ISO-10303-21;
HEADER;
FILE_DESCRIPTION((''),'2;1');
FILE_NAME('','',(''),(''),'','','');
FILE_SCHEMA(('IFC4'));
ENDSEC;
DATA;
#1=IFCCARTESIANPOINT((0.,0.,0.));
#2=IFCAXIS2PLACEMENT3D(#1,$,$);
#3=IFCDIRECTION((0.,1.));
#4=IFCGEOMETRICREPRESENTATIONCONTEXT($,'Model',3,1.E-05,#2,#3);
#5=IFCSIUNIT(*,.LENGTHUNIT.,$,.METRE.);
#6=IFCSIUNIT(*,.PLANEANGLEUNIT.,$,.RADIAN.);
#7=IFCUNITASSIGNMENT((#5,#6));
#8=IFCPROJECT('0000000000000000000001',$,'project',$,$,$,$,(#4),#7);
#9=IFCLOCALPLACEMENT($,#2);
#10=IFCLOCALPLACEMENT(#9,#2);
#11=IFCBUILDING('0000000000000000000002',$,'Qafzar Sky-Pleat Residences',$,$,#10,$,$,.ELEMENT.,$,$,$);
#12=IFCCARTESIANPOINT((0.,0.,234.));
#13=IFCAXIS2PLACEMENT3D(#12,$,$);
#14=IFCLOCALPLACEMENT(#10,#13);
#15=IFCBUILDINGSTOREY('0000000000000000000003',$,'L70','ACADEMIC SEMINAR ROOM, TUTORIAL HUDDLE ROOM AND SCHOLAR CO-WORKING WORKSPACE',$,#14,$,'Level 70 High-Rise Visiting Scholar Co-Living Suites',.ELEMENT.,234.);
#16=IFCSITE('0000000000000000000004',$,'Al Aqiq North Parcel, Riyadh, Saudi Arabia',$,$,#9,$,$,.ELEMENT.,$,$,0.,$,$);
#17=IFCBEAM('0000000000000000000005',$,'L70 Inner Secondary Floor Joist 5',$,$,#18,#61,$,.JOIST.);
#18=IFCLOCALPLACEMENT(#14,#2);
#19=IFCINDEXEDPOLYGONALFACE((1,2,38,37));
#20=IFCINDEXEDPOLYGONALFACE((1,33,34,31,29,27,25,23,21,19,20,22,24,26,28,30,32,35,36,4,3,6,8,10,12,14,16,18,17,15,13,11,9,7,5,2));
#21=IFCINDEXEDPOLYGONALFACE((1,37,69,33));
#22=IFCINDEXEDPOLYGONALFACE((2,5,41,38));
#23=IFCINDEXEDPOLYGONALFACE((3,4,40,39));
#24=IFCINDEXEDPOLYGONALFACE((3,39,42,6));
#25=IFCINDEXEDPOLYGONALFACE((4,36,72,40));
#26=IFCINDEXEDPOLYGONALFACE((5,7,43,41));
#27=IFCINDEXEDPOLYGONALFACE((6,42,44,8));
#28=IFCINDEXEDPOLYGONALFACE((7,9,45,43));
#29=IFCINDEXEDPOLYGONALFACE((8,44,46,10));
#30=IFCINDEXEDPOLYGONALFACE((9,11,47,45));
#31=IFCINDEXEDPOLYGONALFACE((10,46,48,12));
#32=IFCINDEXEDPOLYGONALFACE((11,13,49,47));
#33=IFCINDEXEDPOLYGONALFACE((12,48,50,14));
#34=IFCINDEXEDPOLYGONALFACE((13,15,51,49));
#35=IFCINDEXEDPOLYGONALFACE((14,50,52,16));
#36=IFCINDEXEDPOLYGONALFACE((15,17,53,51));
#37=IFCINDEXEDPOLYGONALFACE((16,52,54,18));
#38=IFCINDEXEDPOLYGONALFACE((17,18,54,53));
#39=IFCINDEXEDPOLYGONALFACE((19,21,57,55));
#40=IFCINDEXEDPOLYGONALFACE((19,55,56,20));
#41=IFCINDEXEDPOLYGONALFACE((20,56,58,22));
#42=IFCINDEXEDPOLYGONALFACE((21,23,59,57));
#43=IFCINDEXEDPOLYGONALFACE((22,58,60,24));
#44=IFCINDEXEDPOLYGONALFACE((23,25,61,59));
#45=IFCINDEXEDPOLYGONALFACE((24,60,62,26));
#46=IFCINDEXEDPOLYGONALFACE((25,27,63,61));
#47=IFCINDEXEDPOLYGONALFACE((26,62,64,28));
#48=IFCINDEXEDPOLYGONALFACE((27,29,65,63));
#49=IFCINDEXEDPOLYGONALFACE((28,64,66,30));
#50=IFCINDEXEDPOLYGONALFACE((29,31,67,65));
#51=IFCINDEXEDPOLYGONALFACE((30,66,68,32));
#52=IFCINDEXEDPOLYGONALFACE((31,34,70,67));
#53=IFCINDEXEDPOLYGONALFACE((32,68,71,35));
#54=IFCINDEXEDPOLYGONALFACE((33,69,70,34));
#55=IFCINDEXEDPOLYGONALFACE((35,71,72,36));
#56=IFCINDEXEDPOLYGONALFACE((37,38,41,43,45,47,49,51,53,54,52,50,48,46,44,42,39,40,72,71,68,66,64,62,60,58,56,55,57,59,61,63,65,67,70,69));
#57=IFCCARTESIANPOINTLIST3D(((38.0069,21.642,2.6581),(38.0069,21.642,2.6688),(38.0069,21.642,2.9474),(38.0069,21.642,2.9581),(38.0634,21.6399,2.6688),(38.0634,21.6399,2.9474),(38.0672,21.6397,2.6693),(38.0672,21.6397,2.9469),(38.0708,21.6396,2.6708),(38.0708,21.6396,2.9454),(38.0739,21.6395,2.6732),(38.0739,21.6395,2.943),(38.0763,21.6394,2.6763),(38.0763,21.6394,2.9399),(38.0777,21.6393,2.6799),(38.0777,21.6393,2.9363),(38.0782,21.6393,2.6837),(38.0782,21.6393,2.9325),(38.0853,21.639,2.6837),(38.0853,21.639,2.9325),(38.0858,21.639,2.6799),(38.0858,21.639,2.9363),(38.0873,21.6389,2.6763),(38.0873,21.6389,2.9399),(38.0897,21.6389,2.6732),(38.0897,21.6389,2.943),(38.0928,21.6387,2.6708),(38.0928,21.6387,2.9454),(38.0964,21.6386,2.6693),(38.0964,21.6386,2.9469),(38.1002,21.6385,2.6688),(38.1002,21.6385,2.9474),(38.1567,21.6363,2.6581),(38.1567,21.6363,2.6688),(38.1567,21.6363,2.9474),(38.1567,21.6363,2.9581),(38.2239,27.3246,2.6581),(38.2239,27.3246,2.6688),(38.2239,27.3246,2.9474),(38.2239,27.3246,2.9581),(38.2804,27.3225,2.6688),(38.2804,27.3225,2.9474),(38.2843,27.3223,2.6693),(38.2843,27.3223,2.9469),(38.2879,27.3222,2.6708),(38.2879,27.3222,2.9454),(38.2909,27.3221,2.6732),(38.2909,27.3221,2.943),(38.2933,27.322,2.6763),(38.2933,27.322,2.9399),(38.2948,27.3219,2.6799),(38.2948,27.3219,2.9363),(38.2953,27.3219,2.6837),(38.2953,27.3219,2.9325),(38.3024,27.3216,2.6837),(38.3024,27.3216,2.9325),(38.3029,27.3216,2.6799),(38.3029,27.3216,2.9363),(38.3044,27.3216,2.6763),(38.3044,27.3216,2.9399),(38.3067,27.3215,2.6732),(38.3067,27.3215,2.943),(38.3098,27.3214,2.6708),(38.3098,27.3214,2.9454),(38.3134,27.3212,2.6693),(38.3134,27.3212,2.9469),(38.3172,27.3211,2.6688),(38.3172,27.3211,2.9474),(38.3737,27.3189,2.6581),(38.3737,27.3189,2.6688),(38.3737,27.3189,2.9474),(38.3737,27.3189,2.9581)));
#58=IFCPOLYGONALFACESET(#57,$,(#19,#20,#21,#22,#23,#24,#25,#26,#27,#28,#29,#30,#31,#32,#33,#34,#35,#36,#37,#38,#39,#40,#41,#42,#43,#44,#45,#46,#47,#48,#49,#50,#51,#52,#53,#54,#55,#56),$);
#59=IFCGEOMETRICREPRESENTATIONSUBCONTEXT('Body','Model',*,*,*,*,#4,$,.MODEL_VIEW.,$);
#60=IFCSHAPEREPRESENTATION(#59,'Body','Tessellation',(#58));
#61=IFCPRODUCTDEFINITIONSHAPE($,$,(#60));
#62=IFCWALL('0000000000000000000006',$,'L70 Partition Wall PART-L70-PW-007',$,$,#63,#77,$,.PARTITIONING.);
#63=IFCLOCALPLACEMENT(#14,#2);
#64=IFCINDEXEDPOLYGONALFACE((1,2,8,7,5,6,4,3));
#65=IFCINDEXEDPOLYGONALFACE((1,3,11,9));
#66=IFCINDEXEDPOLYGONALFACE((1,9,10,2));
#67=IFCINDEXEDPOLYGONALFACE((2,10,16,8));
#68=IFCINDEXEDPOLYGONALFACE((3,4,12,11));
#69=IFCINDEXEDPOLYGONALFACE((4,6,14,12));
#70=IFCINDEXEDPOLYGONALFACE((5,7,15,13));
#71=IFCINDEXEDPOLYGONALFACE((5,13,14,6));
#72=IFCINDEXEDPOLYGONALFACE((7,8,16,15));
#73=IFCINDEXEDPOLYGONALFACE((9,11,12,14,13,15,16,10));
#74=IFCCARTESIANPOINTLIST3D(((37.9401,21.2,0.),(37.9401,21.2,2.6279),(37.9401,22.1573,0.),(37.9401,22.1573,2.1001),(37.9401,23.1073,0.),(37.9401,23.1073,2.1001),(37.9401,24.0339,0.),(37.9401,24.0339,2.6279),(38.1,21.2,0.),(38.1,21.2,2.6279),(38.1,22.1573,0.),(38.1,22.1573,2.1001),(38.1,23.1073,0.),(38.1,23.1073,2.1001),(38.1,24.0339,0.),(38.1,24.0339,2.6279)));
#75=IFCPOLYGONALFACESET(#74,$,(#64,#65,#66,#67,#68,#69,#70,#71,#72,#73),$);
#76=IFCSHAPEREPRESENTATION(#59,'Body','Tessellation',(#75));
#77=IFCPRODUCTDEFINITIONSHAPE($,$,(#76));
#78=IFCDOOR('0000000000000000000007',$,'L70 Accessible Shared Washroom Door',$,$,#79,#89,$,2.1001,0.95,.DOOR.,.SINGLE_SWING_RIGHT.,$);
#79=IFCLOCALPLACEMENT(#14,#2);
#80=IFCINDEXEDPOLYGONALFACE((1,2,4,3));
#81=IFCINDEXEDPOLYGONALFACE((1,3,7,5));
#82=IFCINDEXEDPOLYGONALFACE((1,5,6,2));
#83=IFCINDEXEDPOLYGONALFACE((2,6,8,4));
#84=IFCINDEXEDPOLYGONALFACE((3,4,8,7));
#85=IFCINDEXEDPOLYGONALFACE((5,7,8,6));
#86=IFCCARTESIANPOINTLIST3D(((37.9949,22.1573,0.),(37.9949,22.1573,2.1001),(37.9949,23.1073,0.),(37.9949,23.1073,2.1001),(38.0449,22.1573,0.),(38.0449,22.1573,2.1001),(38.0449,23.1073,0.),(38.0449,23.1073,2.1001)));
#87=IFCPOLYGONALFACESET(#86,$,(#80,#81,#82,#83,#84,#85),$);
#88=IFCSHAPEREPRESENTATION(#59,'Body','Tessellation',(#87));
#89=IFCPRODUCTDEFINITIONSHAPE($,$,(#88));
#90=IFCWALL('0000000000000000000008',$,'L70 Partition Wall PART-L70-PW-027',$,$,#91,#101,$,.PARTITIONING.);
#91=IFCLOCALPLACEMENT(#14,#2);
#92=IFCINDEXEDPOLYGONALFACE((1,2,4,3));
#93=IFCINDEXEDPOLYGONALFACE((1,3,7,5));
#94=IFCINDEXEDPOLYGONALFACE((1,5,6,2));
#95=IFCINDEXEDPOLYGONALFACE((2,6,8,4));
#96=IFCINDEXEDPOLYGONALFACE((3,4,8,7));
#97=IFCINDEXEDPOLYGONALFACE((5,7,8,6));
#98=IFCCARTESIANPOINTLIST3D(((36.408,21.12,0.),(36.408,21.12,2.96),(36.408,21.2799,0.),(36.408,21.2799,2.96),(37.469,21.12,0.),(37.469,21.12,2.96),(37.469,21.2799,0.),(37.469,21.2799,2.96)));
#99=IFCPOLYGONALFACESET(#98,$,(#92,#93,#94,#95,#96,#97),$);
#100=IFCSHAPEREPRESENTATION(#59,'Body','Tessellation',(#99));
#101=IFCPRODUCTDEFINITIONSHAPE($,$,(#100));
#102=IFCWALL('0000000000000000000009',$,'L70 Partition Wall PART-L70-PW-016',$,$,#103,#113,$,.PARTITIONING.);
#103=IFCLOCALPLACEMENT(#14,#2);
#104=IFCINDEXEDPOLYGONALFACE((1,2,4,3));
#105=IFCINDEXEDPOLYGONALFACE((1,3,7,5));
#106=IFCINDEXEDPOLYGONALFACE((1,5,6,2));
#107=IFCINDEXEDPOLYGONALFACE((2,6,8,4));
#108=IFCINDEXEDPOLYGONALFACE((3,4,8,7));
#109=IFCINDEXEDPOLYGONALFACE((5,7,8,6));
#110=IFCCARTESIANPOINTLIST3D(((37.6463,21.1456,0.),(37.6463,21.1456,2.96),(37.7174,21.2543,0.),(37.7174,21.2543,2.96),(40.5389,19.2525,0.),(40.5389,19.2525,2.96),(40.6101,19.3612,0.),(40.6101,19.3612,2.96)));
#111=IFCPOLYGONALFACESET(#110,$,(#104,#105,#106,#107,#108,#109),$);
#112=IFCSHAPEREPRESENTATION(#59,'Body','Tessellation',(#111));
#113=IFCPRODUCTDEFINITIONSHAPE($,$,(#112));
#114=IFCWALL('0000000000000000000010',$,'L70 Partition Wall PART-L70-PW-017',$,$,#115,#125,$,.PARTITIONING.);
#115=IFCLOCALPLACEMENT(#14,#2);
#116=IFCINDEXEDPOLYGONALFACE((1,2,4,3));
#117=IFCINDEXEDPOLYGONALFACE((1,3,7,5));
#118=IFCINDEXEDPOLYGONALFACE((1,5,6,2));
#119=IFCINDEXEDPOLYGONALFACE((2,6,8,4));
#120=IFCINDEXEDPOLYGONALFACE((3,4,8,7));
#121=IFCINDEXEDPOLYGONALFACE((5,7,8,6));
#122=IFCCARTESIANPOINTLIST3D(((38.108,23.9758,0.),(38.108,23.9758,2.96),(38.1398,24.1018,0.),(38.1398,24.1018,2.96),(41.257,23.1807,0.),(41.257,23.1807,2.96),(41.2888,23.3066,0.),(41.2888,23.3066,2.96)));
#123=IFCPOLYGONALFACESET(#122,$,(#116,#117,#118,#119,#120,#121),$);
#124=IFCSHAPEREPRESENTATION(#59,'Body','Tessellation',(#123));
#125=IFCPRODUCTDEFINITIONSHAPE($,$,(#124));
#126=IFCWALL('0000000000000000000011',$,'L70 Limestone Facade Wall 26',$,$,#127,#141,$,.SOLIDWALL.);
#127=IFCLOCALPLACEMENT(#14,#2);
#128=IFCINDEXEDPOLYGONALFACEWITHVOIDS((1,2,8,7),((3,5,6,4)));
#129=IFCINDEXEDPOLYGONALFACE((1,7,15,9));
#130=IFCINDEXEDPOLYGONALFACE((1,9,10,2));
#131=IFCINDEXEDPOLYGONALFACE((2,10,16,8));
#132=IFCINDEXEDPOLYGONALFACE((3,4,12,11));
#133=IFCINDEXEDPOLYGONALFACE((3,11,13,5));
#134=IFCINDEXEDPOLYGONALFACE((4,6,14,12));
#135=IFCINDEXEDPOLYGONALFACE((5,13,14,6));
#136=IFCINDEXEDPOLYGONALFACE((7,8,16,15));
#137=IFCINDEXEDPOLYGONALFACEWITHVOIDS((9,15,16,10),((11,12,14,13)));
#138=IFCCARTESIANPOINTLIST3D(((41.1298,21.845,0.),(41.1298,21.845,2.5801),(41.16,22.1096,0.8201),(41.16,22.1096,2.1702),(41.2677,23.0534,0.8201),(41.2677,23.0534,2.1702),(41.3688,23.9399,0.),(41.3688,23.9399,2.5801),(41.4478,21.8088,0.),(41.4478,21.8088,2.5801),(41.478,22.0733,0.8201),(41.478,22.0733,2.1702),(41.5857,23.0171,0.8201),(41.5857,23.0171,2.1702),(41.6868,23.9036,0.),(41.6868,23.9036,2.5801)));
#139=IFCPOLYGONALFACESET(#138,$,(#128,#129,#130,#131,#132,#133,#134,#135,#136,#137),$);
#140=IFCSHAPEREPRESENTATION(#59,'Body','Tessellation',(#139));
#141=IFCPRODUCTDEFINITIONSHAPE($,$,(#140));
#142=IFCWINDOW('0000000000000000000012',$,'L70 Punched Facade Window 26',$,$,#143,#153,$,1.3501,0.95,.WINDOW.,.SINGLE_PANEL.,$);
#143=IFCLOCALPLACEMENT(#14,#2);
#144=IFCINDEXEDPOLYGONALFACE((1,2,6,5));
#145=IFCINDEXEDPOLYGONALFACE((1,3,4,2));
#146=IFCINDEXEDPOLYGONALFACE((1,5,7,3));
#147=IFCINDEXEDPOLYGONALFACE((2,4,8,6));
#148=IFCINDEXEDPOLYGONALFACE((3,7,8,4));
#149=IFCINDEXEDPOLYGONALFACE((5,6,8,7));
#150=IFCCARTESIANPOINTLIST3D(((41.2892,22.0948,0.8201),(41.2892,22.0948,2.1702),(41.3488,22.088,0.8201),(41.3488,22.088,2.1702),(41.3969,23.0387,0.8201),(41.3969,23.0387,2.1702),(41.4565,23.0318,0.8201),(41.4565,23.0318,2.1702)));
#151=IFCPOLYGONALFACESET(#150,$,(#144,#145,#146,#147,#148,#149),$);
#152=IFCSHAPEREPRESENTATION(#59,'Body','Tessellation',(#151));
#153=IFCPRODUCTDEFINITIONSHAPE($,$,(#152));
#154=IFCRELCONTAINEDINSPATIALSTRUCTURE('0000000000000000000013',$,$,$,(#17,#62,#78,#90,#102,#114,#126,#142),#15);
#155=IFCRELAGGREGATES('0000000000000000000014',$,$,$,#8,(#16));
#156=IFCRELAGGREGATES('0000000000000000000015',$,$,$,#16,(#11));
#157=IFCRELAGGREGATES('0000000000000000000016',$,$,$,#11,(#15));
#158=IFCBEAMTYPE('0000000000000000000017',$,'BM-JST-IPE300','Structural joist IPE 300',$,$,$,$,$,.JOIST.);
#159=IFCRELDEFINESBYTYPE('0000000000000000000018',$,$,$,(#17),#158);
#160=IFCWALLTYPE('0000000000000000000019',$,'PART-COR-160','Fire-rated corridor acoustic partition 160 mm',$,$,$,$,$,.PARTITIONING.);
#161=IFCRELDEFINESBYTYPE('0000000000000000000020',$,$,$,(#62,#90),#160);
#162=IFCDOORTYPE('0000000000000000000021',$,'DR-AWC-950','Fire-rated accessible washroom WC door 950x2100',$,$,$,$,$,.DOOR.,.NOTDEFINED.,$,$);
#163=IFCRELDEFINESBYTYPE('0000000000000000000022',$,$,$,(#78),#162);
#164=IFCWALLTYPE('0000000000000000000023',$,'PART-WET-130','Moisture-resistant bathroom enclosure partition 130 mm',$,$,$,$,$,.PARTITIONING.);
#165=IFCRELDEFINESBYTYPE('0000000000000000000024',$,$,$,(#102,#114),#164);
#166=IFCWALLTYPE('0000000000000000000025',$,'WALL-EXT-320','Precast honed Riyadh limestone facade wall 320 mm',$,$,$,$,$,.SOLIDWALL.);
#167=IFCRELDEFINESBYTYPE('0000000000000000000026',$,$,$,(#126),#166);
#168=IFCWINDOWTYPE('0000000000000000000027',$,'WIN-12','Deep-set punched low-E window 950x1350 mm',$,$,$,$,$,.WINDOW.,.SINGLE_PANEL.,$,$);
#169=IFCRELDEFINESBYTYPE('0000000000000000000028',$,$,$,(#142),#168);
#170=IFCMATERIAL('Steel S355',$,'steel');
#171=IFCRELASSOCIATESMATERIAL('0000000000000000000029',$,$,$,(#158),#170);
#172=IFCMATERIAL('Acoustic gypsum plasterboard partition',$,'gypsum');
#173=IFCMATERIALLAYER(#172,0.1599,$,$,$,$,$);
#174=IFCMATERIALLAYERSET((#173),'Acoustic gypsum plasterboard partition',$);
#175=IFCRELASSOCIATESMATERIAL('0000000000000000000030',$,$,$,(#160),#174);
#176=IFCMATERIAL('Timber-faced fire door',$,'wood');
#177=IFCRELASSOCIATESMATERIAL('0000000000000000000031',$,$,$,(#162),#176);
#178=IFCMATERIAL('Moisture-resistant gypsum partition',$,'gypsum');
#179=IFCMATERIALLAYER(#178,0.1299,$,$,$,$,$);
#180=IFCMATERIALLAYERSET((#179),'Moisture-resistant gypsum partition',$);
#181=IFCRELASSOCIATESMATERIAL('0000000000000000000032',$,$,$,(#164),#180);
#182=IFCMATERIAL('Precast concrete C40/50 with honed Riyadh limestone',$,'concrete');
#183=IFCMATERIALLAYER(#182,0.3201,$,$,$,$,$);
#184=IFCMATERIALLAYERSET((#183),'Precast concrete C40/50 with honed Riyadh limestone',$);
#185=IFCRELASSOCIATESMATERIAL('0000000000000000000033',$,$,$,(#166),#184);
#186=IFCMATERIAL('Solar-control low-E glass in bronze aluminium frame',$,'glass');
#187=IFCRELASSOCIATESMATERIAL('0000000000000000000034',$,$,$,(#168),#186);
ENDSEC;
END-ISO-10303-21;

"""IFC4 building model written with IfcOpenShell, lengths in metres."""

from ifc_helpers import new_model, si_unit, direction, frame, frame_2d, origin, origin_2d, place, context, subcontext, project, spatial, rectangle, i_section, extrude, source, transform, mapped, material, layer, layer_set, material_profile, profile_set, type_object, element, fill, save


model = new_model("IFC4")

# Units and contexts
model_context = context("Model", 3, precision=1e-05, world=origin(), true_north=direction((0.0, 1.0)))
body_context = subcontext(model_context, "Body", "Model", "MODEL_VIEW")
ifc_project = project(units=[si_unit("LENGTHUNIT", "METRE"), si_unit("PLANEANGLEUNIT", "RADIAN")], contexts=[model_context])

# Site, building, storey
site_placement = place(None, origin())
site = spatial("IfcSite", under=ifc_project, at=site_placement, Name="Al Aqiq North Parcel, Riyadh, Saudi Arabia", CompositionType="ELEMENT", RefElevation=0.0)
building_placement = place(site_placement, origin())
building = spatial("IfcBuilding", under=site, at=building_placement, Name="Qafzar Sky-Pleat Residences", CompositionType="ELEMENT")
storey_placement = place(building_placement, frame((0.0, 0.0, 234.0)))
storey = spatial("IfcBuildingStorey", under=building, at=storey_placement, Name="L70", Description="ACADEMIC SEMINAR ROOM, TUTORIAL HUDDLE ROOM AND SCHOLAR CO-WORKING WORKSPACE", LongName="Level 70 High-Rise Visiting Scholar Co-Living Suites", CompositionType="ELEMENT", Elevation=234.0)

# Shared definitions
ifc_material_1 = material(Name="Steel S355", Category="steel")

# Beam
ifc_material_profile_1 = material_profile(ifc_material_1, i_section(OverallWidth=0.1499, OverallDepth=0.3, WebThickness=0.0071, FlangeThickness=0.0107, FilletRadius=0.0149, at=origin_2d()), Name="IPE 300")
ifc_profile_set_1 = profile_set([ifc_material_profile_1], Name="Steel S355")
beam_type_1 = type_object("IfcBeamType", Name="BM-JST-IPE300", Description="Structural joist IPE 300", PredefinedType="JOIST", material=ifc_profile_set_1)
shared_shape_1 = source(origin(), body_context, "Body", "SweptSolid", [
    extrude(i_section(OverallWidth=0.1499, OverallDepth=0.3, WebThickness=0.0071, FlangeThickness=0.0107, FilletRadius=0.0149, at=origin_2d()), origin(), (0.0, 0.0, 1.0), 5.6868),
])
beam_1_placement = place(storey_placement, frame((38.0818, 21.6392, 2.8081), z_axis=(0.038166, 0.999271, 0.0), x_axis=(-0.999271, 0.038166, 0.0)))
element("IfcBeam", 1, at=beam_1_placement, inside=storey, type_object=beam_type_1, Name="L70 Inner Secondary Floor Joist 5", PredefinedType="JOIST", context=body_context, shape_type="MappedRepresentation", body=[
    mapped(shared_shape_1, transform((0.0, 0.0, 0.0), x_axis=(1.0, 0.0, 0.0), y_axis=(0.0, 1.0, 0.0), z_axis=(0.0, 0.0, 1.0), scale=1.0)),
])

# Wall, opening, door
ifc_material_2 = material(Name="Acoustic gypsum plasterboard partition", Category="gypsum")
ifc_layer_1 = layer(ifc_material_2, 0.1599)
ifc_layer_set_1 = layer_set([ifc_layer_1], Name="Acoustic gypsum plasterboard partition")
wall_type_1 = type_object("IfcWallType", Name="PART-COR-160", Description="Fire-rated corridor acoustic partition 160 mm", PredefinedType="PARTITIONING", material=ifc_layer_set_1)
wall_1_placement = place(storey_placement, frame((38.02, 24.0339, 0.0), z_axis=(0.0, 0.0, 1.0), x_axis=(0.0, -1.0, 0.0)))
wall_1 = element("IfcWall", 2, at=wall_1_placement, inside=storey, type_object=wall_type_1, Name="L70 Partition Wall PART-L70-PW-007", PredefinedType="PARTITIONING", context=body_context, shape_type="SweptSolid", body=[
    extrude(rectangle(XDim=2.834, YDim=0.1599, at=frame_2d((1.417, 0.0))), origin(), (0.0, 0.0, 1.0), 2.6279),
])
opening_1_placement = place(wall_1_placement, frame((0.9265, 0.0, 0.0)))
opening_1 = element("IfcOpeningElement", 3, at=opening_1_placement, cuts=wall_1, PredefinedType="OPENING", context=body_context, shape_type="SweptSolid", body=[
    extrude(rectangle(XDim=0.95, YDim=2.1001, at=frame_2d((0.4751, 1.05))), frame((0.0, 0.0898, 0.0), z_axis=(0.0, -1.0, 0.0), x_axis=(1.0, 0.0, 0.0)), (0.0, 0.0, 1.0), 0.1799),
])
ifc_material_3 = material(Name="Timber-faced fire door", Category="wood")
door_type = type_object("IfcDoorType", Name="DR-AWC-950", Description="Fire-rated accessible washroom WC door 950x2100", OperationType="NOTDEFINED", PredefinedType="DOOR", material=ifc_material_3)
shared_shape_2 = source(origin(), body_context, "Body", "SweptSolid", [
    extrude(rectangle(XDim=0.95, YDim=2.1001, at=frame_2d((0.4751, 1.05))), frame((0.0, 0.0249, 0.0), z_axis=(0.0, -1.0, 0.0), x_axis=(1.0, 0.0, 0.0)), (0.0, 0.0, 1.0), 0.05),
])
door_placement = place(opening_1_placement, origin())
door = element("IfcDoor", 4, at=door_placement, inside=storey, type_object=door_type, Name="L70 Accessible Shared Washroom Door", OperationType="SINGLE_SWING_RIGHT", OverallHeight=2.1001, OverallWidth=0.95, PredefinedType="DOOR", context=body_context, shape_type="MappedRepresentation", body=[
    mapped(shared_shape_2, transform((0.0, 0.0, 0.0), x_axis=(1.0, 0.0, 0.0), y_axis=(0.0, 1.0, 0.0), z_axis=(0.0, 0.0, 1.0), scale=1.0)),
])
fill(opening_1, door)

# Walls
wall_2_placement = place(storey_placement, frame((36.408, 21.2, 0.0), z_axis=(0.0, 0.0, 1.0), x_axis=(1.0, 0.0, 0.0)))
element("IfcWall", 5, at=wall_2_placement, inside=storey, type_object=wall_type_1, Name="L70 Partition Wall PART-L70-PW-027", PredefinedType="PARTITIONING", context=body_context, shape_type="SweptSolid", body=[
    extrude(rectangle(XDim=1.061, YDim=0.1599, at=frame_2d((0.5305, 0.0))), origin(), (0.0, 0.0, 1.0), 2.96),
])
ifc_material_4 = material(Name="Moisture-resistant gypsum partition", Category="gypsum")
ifc_layer_2 = layer(ifc_material_4, 0.1299)
ifc_layer_set_2 = layer_set([ifc_layer_2], Name="Moisture-resistant gypsum partition")
wall_type_2 = type_object("IfcWallType", Name="PART-WET-130", Description="Moisture-resistant bathroom enclosure partition 130 mm", PredefinedType="PARTITIONING", material=ifc_layer_set_2)
wall_3_placement = place(storey_placement, frame((37.6819, 21.2, 0.0), z_axis=(0.0, 0.0, 1.0), x_axis=(0.836736, -0.547607, 0.0)))
element("IfcWall", 6, at=wall_3_placement, inside=storey, type_object=wall_type_2, Name="L70 Partition Wall PART-L70-PW-016", PredefinedType="PARTITIONING", context=body_context, shape_type="SweptSolid", body=[
    extrude(rectangle(XDim=3.457, YDim=0.1299, at=frame_2d((1.7285, 0.0))), origin(), (0.0, 0.0, 1.0), 2.96),
])
wall_4_placement = place(storey_placement, frame((38.1238, 24.0388, 0.0), z_axis=(0.0, 0.0, 1.0), x_axis=(0.969565, -0.244834, 0.0)))
element("IfcWall", 7, at=wall_4_placement, inside=storey, type_object=wall_type_2, Name="L70 Partition Wall PART-L70-PW-017", PredefinedType="PARTITIONING", context=body_context, shape_type="SweptSolid", body=[
    extrude(rectangle(XDim=3.2478, YDim=0.1299, at=frame_2d((1.624, 0.0))), origin(), (0.0, 0.0, 1.0), 2.96),
])

# Wall, opening, window
ifc_material_5 = material(Name="Precast concrete C40/50 with honed Riyadh limestone", Category="concrete")
ifc_layer_3 = layer(ifc_material_5, 0.3201)
ifc_layer_set_3 = layer_set([ifc_layer_3], Name="Precast concrete C40/50 with honed Riyadh limestone")
wall_type_3 = type_object("IfcWallType", Name="WALL-EXT-320", Description="Precast honed Riyadh limestone facade wall 320 mm", PredefinedType="SOLIDWALL", material=ifc_layer_set_3)
wall_5_placement = place(storey_placement, frame((41.2888, 21.8269, 0.0), z_axis=(0.0, 0.0, 1.0), x_axis=(0.113367, 0.993553, 0.0)))
wall_5 = element("IfcWall", 8, at=wall_5_placement, inside=storey, type_object=wall_type_3, Name="L70 Limestone Facade Wall 26", PredefinedType="SOLIDWALL", context=body_context, shape_type="SweptSolid", body=[
    extrude(rectangle(XDim=2.1084, YDim=0.3201, at=frame_2d((1.0542, 0.0))), origin(), (0.0, 0.0, 1.0), 2.5801),
])
opening_2_placement = place(wall_5_placement, frame((0.2661, 0.0, 0.8201)))
opening_2 = element("IfcOpeningElement", 9, at=opening_2_placement, cuts=wall_5, PredefinedType="OPENING", context=body_context, shape_type="SweptSolid", body=[
    extrude(rectangle(XDim=0.95, YDim=1.3501, at=frame_2d((0.4751, 0.675))), frame((0.0, 0.1699, 0.0), z_axis=(0.0, -1.0, 0.0), x_axis=(1.0, 0.0, 0.0)), (0.0, 0.0, 1.0), 0.3401),
])
ifc_material_6 = material(Name="Solar-control low-E glass in bronze aluminium frame", Category="glass")
window_type_1 = type_object("IfcWindowType", Name="WIN-12", Description="Deep-set punched low-E window 950x1350 mm", PartitioningType="SINGLE_PANEL", PredefinedType="WINDOW", material=ifc_material_6)
shared_shape_3 = source(origin(), body_context, "Body", "SweptSolid", [
    extrude(rectangle(XDim=0.95, YDim=1.3501, at=frame_2d((0.4751, 0.675))), frame((0.0, 0.03, 0.0), z_axis=(0.0, -1.0, 0.0), x_axis=(1.0, 0.0, 0.0)), (0.0, 0.0, 1.0), 0.0601),
])
window_1_placement = place(opening_2_placement, origin())
window_1 = element("IfcWindow", 10, at=window_1_placement, inside=storey, type_object=window_type_1, Name="L70 Punched Facade Window 26", OverallHeight=1.3501, OverallWidth=0.95, PartitioningType="SINGLE_PANEL", PredefinedType="WINDOW", context=body_context, shape_type="MappedRepresentation", body=[
    mapped(shared_shape_3, transform((0.0, 0.0, 0.0), x_axis=(1.0, 0.0, 0.0), y_axis=(0.0, 1.0, 0.0), z_axis=(0.0, 0.0, 1.0), scale=1.0)),
])
fill(opening_2, window_1)

save(model, "model.ifc")
